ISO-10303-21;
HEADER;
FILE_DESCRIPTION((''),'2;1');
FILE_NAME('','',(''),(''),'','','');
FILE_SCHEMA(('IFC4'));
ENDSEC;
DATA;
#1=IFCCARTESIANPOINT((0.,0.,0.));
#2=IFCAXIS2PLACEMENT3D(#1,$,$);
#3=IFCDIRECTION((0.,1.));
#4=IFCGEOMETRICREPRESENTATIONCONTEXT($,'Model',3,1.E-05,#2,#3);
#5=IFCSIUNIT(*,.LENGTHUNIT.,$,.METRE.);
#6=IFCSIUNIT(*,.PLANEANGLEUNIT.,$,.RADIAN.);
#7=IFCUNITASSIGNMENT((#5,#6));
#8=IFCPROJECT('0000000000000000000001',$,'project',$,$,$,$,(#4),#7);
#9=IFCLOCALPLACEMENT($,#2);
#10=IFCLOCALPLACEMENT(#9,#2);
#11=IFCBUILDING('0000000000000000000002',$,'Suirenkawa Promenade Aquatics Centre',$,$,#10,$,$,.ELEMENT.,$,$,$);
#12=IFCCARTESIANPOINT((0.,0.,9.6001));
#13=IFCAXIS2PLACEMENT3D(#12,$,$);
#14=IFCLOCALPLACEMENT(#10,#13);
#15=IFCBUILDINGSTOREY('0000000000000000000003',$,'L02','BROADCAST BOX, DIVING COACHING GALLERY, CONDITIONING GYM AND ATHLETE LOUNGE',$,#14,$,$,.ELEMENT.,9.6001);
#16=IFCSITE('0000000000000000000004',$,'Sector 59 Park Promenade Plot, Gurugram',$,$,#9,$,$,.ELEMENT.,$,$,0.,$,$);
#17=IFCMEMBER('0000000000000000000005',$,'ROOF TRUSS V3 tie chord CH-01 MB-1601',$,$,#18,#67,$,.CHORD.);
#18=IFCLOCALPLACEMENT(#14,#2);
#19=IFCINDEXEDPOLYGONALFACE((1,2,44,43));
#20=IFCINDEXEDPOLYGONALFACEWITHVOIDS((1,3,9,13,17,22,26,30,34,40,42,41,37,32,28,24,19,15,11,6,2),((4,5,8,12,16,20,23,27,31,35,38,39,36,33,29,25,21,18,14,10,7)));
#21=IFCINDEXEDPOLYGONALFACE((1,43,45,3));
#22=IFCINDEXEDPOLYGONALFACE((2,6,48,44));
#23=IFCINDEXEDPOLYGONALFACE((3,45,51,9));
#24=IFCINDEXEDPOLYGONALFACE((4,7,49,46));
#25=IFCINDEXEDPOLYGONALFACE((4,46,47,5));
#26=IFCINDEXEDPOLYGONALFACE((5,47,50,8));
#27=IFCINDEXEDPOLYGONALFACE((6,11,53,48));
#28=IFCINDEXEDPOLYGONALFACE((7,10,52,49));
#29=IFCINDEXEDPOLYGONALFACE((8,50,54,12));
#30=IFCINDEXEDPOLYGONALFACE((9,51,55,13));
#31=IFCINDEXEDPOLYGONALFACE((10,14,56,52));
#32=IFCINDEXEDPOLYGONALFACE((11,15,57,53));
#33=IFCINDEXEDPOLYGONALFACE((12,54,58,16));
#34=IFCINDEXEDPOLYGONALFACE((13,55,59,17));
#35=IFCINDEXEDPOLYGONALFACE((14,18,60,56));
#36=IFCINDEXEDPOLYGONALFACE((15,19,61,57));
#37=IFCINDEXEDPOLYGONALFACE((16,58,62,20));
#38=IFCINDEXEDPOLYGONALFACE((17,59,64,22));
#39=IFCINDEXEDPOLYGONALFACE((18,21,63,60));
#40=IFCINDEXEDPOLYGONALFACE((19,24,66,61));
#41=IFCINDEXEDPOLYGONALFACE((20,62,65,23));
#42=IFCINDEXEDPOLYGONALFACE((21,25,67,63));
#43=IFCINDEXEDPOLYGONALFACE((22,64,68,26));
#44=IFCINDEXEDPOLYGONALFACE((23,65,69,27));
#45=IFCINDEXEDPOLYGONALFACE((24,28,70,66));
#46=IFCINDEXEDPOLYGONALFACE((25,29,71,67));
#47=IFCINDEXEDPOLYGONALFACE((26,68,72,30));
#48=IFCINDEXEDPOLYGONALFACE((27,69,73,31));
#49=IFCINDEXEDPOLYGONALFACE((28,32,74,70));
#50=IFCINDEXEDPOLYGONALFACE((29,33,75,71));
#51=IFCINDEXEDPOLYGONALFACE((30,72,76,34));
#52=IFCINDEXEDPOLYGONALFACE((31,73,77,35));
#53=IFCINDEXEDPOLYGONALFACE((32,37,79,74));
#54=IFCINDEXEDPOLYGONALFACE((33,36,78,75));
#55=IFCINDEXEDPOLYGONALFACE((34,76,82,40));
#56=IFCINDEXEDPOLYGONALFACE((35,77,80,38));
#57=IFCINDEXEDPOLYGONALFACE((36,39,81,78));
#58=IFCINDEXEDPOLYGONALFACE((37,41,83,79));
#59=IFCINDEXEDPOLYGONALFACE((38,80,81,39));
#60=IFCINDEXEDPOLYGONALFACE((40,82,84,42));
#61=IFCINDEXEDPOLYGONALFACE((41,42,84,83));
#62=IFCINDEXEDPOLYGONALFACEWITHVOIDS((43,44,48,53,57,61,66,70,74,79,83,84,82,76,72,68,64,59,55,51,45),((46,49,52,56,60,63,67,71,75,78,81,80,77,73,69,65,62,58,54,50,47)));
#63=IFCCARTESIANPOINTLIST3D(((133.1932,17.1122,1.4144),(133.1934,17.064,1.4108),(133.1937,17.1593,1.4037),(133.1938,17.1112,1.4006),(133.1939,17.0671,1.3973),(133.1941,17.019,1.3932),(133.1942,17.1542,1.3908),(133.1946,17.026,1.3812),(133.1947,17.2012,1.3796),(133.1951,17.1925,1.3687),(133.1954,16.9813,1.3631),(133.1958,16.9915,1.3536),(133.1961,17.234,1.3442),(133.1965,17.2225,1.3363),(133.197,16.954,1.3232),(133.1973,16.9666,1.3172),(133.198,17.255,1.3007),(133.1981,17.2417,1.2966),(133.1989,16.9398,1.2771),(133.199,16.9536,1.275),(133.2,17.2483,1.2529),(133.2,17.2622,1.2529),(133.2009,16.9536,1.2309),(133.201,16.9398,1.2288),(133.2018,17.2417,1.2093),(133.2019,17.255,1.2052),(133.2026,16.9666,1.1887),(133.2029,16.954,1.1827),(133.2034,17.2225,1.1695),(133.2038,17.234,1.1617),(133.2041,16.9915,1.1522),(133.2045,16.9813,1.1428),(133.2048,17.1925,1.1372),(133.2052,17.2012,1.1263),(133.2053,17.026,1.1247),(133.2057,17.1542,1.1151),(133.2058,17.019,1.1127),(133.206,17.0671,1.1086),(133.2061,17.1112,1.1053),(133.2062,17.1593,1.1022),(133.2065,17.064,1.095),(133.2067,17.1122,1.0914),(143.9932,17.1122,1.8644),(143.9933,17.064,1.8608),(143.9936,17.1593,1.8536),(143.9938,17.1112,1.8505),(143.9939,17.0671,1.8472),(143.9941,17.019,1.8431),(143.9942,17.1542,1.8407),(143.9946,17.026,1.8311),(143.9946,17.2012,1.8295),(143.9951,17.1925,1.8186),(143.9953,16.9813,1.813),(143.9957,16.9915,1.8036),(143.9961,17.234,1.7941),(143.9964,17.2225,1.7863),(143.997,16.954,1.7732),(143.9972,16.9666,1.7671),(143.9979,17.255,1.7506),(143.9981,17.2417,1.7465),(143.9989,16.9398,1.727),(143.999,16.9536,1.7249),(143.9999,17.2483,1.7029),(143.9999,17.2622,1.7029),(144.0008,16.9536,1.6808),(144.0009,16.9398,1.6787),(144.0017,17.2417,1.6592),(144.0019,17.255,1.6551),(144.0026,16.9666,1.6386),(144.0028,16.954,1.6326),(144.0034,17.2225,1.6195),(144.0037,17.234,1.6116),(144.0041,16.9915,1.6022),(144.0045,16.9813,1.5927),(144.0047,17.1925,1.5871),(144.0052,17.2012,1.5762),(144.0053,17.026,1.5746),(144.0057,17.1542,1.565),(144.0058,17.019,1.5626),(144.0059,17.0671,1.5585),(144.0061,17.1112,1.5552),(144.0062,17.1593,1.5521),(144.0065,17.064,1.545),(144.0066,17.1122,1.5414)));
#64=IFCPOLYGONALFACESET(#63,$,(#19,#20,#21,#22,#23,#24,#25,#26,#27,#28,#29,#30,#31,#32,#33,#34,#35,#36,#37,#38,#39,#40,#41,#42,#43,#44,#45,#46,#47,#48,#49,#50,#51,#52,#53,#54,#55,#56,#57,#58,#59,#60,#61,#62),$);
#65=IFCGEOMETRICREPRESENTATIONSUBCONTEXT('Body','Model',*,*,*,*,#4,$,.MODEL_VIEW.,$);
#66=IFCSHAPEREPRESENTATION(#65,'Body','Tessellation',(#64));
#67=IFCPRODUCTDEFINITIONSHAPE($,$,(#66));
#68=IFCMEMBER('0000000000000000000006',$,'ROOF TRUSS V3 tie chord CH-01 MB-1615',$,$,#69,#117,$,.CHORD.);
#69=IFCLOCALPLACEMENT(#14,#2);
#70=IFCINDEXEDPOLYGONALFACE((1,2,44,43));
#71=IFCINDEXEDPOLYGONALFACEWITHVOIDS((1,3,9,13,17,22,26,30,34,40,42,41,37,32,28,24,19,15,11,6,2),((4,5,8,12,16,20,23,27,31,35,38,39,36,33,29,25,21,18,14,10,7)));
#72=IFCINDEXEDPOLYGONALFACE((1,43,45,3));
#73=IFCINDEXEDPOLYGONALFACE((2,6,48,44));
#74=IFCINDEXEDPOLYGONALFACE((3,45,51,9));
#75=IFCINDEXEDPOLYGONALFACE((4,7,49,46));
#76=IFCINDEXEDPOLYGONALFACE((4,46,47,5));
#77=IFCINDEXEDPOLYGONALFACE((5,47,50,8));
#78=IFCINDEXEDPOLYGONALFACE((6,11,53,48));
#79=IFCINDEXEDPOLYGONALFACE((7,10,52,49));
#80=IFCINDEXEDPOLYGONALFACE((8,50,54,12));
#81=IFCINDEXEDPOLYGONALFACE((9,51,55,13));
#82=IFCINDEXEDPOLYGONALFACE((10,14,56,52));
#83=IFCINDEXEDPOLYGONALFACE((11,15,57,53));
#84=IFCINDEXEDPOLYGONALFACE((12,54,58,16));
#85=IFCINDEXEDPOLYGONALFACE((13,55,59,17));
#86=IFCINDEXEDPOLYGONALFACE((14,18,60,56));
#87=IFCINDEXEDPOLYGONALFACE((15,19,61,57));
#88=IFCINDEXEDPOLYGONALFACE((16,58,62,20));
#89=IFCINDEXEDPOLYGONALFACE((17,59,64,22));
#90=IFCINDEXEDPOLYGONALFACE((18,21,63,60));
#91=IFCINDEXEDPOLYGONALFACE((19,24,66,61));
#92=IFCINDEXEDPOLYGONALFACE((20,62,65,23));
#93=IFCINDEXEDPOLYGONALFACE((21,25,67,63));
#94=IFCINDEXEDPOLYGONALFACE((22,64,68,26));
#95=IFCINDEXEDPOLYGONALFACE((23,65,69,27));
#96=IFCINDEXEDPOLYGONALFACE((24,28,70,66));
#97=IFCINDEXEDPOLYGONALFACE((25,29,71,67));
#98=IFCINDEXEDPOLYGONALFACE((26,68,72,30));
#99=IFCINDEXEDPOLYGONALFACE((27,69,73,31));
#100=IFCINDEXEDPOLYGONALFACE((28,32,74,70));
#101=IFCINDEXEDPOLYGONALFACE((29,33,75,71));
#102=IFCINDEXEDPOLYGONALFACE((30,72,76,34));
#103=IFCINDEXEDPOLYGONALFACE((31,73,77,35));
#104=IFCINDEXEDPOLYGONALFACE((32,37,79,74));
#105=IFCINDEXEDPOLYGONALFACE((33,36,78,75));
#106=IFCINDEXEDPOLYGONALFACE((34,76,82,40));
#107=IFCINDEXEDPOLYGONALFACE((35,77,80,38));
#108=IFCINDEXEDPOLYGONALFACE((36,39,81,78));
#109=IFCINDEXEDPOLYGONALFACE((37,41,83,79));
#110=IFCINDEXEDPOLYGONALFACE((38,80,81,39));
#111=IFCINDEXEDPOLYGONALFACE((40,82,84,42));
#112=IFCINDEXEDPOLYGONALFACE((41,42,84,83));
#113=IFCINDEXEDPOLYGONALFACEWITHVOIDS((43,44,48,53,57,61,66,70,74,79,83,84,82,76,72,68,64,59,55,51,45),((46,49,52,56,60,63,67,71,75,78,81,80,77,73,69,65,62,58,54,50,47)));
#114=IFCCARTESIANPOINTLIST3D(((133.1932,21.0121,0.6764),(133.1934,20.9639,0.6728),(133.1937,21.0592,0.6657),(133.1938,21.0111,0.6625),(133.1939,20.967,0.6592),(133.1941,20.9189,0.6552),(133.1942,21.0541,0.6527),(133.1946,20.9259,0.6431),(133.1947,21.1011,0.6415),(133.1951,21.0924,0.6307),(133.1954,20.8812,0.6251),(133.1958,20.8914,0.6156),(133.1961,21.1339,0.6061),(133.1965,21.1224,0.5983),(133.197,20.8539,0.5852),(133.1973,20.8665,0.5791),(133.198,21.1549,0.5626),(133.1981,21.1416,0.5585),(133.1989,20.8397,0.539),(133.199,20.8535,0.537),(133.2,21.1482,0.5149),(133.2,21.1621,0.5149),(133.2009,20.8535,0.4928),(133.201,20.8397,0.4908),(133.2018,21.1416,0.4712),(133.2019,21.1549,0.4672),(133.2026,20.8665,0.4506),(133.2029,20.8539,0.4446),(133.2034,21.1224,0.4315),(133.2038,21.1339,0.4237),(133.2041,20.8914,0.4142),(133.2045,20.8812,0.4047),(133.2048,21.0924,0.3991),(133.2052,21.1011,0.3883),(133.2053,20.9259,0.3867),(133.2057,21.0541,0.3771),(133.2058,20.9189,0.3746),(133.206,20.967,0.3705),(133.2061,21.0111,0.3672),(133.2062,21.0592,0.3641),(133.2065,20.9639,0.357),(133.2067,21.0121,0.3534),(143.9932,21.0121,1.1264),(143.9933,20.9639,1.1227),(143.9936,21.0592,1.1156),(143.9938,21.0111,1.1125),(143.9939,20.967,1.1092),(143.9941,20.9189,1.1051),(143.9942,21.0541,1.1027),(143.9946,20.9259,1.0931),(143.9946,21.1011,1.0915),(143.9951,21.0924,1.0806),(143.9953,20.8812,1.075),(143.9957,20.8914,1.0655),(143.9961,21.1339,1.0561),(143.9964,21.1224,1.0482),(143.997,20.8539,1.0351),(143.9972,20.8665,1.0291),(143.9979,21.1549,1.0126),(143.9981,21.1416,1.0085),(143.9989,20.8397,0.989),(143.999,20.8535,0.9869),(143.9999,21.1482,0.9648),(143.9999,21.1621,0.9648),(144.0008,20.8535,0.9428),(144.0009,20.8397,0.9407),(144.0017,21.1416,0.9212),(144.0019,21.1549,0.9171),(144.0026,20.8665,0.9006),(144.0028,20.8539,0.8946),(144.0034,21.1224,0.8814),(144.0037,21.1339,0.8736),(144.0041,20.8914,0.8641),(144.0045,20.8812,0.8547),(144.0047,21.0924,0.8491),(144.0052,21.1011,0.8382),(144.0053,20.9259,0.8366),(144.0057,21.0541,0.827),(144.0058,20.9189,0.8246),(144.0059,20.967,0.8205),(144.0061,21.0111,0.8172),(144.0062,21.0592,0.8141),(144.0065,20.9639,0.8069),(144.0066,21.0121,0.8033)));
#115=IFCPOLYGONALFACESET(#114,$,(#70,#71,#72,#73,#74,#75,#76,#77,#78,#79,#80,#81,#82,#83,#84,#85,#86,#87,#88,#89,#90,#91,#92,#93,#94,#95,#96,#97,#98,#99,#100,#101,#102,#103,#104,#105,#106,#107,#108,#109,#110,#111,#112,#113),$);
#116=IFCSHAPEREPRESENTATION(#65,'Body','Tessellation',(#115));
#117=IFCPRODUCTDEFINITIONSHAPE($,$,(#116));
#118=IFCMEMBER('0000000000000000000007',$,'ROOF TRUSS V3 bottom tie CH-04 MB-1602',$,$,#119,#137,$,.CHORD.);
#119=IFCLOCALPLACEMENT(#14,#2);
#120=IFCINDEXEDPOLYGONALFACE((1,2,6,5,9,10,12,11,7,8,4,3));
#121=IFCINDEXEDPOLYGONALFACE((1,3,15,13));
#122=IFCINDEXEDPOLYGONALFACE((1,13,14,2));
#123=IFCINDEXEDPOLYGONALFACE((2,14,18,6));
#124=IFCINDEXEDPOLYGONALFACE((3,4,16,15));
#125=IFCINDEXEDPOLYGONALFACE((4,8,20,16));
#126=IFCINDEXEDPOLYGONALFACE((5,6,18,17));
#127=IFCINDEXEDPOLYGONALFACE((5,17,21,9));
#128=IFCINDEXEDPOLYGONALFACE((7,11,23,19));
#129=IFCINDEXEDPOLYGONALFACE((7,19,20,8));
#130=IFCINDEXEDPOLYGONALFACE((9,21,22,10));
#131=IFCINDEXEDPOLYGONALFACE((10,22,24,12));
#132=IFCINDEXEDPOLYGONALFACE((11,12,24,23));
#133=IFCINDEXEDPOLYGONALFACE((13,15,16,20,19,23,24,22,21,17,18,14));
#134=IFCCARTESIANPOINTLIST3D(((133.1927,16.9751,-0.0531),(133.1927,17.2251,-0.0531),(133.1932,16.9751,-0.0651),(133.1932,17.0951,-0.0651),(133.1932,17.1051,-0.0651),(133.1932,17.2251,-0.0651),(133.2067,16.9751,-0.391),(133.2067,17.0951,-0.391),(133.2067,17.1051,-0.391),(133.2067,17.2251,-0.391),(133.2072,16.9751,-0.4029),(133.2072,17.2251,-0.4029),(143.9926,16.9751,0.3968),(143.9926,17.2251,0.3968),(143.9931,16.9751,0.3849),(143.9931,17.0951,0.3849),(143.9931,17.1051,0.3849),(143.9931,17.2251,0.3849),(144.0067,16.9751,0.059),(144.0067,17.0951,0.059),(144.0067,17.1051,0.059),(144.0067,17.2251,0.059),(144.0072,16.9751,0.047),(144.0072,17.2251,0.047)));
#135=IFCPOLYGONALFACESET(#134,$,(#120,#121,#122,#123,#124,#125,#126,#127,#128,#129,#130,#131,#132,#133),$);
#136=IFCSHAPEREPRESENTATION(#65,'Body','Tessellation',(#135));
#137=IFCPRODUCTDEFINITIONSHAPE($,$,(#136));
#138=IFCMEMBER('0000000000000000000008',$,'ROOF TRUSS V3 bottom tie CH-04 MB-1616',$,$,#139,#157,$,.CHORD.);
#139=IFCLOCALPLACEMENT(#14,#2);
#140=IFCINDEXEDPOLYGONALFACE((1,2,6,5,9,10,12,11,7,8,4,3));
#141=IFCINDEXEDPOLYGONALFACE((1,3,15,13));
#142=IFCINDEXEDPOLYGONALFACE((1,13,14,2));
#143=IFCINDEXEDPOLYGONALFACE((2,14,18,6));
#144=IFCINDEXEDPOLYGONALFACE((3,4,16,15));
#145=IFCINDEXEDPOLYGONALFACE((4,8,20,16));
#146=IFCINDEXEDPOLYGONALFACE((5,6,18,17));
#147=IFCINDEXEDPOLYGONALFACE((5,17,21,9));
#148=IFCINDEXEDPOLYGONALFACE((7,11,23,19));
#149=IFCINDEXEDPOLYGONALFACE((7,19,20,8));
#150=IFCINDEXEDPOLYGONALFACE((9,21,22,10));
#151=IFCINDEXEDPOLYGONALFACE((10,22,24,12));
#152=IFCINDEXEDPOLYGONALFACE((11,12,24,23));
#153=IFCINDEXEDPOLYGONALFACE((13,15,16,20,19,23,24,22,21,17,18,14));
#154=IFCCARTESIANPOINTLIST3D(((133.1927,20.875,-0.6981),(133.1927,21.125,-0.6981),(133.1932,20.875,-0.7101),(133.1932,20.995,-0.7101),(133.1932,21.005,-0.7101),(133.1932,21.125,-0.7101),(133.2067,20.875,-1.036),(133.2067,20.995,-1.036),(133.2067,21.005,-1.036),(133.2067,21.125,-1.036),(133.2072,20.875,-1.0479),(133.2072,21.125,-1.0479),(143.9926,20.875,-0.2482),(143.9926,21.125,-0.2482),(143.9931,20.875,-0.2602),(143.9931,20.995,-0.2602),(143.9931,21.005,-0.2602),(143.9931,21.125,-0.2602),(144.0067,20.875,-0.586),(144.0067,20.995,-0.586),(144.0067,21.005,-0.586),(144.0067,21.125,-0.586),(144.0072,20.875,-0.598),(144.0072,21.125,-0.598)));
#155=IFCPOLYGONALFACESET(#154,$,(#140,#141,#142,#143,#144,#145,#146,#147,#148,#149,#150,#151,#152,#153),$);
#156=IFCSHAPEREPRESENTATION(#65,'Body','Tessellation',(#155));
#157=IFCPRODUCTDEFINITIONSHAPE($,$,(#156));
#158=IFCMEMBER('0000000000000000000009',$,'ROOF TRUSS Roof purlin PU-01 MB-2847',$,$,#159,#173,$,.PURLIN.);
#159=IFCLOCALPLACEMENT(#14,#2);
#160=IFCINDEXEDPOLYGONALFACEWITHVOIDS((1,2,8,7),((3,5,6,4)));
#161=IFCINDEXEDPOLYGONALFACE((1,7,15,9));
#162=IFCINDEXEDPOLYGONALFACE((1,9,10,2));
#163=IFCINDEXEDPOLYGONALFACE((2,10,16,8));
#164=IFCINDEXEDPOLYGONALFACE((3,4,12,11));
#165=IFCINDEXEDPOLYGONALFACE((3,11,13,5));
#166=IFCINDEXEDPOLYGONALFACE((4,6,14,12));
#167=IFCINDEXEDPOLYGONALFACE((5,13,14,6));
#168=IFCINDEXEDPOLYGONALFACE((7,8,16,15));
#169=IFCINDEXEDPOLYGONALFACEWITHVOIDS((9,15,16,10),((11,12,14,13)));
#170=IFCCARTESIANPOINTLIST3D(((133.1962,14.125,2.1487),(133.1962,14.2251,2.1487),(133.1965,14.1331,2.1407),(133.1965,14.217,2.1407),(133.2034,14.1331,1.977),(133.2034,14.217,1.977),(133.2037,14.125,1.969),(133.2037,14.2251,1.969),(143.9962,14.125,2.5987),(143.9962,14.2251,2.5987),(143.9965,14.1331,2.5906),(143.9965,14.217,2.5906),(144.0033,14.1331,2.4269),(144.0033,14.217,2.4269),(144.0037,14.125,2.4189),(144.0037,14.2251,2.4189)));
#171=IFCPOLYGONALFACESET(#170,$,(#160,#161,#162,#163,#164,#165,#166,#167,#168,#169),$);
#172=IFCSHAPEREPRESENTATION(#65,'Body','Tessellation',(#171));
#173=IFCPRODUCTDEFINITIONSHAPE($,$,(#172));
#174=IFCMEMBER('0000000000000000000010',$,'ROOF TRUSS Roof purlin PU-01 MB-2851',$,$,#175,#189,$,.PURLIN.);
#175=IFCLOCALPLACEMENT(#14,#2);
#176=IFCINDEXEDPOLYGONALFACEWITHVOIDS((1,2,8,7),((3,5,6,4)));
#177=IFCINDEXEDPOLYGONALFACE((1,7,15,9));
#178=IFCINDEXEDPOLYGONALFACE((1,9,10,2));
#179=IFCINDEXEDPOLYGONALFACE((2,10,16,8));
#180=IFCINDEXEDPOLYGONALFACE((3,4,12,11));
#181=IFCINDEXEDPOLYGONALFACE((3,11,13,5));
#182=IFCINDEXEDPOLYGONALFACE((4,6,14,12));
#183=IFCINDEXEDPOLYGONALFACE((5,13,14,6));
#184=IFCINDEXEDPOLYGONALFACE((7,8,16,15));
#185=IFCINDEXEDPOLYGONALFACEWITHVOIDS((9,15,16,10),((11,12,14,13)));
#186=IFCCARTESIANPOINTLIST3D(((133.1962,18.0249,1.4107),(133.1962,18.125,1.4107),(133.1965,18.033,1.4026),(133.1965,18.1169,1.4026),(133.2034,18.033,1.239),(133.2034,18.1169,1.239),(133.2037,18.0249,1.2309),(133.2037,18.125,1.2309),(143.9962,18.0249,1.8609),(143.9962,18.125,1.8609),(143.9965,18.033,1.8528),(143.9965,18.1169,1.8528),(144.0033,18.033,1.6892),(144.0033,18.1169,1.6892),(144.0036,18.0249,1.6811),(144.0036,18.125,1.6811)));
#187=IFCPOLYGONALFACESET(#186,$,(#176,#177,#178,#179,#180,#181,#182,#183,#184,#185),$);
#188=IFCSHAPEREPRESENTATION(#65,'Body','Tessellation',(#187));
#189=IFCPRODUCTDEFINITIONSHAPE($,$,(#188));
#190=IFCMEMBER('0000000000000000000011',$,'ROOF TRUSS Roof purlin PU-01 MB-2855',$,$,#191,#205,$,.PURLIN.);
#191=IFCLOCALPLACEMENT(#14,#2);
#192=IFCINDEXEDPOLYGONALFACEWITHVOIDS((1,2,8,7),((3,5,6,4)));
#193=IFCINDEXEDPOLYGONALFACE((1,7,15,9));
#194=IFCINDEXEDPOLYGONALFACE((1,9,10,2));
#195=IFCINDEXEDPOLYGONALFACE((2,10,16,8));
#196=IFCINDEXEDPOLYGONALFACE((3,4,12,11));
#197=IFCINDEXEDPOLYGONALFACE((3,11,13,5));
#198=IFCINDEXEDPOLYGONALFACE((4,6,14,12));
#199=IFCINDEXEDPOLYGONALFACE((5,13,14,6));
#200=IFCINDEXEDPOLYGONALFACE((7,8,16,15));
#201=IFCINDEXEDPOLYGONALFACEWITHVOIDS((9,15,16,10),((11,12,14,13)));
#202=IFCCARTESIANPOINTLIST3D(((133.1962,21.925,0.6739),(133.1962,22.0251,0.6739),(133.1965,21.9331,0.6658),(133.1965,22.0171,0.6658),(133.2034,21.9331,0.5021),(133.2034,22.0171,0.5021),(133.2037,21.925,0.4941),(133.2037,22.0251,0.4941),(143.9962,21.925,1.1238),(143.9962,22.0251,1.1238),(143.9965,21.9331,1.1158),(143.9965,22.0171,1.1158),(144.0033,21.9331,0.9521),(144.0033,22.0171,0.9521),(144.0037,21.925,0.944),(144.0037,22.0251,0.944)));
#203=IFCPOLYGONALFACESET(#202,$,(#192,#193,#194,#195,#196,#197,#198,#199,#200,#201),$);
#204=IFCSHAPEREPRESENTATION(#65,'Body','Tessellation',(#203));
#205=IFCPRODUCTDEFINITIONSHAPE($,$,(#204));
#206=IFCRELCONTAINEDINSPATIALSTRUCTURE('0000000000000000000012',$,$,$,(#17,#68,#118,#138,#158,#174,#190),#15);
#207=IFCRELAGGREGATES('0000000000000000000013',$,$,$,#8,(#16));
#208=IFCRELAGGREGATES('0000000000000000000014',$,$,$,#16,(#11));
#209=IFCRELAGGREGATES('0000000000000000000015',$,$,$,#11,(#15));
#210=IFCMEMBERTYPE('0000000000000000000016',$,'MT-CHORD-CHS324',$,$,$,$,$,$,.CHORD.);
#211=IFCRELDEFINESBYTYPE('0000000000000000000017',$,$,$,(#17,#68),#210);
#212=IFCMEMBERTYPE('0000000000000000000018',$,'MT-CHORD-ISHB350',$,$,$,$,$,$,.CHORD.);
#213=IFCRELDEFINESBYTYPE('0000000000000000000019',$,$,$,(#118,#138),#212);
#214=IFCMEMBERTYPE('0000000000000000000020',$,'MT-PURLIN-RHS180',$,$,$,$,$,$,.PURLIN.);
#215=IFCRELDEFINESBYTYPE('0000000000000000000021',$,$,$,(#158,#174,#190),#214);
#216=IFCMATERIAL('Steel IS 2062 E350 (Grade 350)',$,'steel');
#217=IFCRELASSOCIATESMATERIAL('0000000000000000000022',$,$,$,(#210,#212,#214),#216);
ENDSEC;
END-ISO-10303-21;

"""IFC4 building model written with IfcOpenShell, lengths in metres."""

from ifc_helpers import new_model, si_unit, direction, frame, origin, origin_2d, place, context, subcontext, project, spatial, hollow_rectangle, hollow_circle, i_section, extrude, material, material_profile, profile_set, type_object, element, save


model = new_model("IFC4")

# Units and contexts
model_context = context("Model", 3, precision=1e-05, world=origin(), true_north=direction((0.0, 1.0)))
body_context = subcontext(model_context, "Body", "Model", "MODEL_VIEW")
ifc_project = project(units=[si_unit("LENGTHUNIT", "METRE"), si_unit("PLANEANGLEUNIT", "RADIAN")], contexts=[model_context])

# Site, building, storey
site_placement = place(None, origin())
site = spatial("IfcSite", under=ifc_project, at=site_placement, Name="Sector 59 Park Promenade Plot, Gurugram", CompositionType="ELEMENT", RefElevation=0.0)
building_placement = place(site_placement, origin())
building = spatial("IfcBuilding", under=site, at=building_placement, Name="Suirenkawa Promenade Aquatics Centre", CompositionType="ELEMENT")
storey_placement = place(building_placement, frame((0.0, 0.0, 9.6001)))
storey = spatial("IfcBuildingStorey", under=building, at=storey_placement, Name="L02", Description="BROADCAST BOX, DIVING COACHING GALLERY, CONDITIONING GYM AND ATHLETE LOUNGE", CompositionType="ELEMENT", Elevation=9.6001)

# Shared definitions
ifc_material_1 = material(Name="Steel IS 2062 E350 (Grade 350)", Category="steel")

# Members
ifc_material_profile_1 = material_profile(ifc_material_1, hollow_circle(Radius=0.1621, WallThickness=0.0139, at=origin_2d()), Name="CHS 324x14", Category="steel")
ifc_profile_set_1 = profile_set([ifc_material_profile_1], Name="Steel IS 2062 E350 (Grade 350)")
member_type_1 = type_object("IfcMemberType", Name="MT-CHORD-CHS324", PredefinedType="CHORD", material=ifc_profile_set_1)
for number, where, z_axis, x_axis, name in (
    (1, (133.2, 17.1001, 1.2529), (0.999133, 0.0, 0.041626), (0.0, 1.0, 0.0), "ROOF TRUSS V3 tie chord CH-01 MB-1601"),
    (2, (133.2, 21.0, 0.5149), (0.999133, 0.0, 0.041626), (0.0, 1.0, 0.0), "ROOF TRUSS V3 tie chord CH-01 MB-1615"),
):
    element("IfcMember", number, at=place(storey_placement, frame(where, z_axis=z_axis, x_axis=x_axis)), inside=storey, type_object=member_type_1, Name=name, PredefinedType="CHORD", context=body_context, shape_type="SweptSolid", body=[
        extrude(hollow_circle(Radius=0.1621, WallThickness=0.0139, at=origin_2d()), origin(), (0.0, 0.0, 1.0), 10.8093),
    ])
ifc_material_profile_2 = material_profile(ifc_material_1, i_section(OverallWidth=0.25, OverallDepth=0.3501, WebThickness=0.01, FlangeThickness=0.012, at=origin_2d()), Name="ISHB 350", Category="steel")
ifc_profile_set_2 = profile_set([ifc_material_profile_2], Name="Steel IS 2062 E350 (Grade 350)")
member_type_2 = type_object("IfcMemberType", Name="MT-CHORD-ISHB350", PredefinedType="CHORD", material=ifc_profile_set_2)
for number, where, z_axis, x_axis, name in (
    (3, (133.2, 17.1001, -0.228), (0.999133, 0.0, 0.041626), (0.0, 1.0, 0.0), "ROOF TRUSS V3 bottom tie CH-04 MB-1602"),
    (4, (133.2, 21.0, -0.873), (0.999133, 0.0, 0.041626), (0.0, 1.0, 0.0), "ROOF TRUSS V3 bottom tie CH-04 MB-1616"),
):
    element("IfcMember", number, at=place(storey_placement, frame(where, z_axis=z_axis, x_axis=x_axis)), inside=storey, type_object=member_type_2, Name=name, PredefinedType="CHORD", context=body_context, shape_type="SweptSolid", body=[
        extrude(i_section(OverallWidth=0.25, OverallDepth=0.3501, WebThickness=0.01, FlangeThickness=0.012, at=origin_2d()), origin(), (0.0, 0.0, 1.0), 10.8093),
    ])
ifc_material_profile_3 = material_profile(ifc_material_1, hollow_rectangle(XDim=0.1001, YDim=0.1799, WallThickness=0.0081, at=origin_2d()), Name="RHS 180x100x8", Category="steel")
ifc_profile_set_3 = profile_set([ifc_material_profile_3], Name="Steel IS 2062 E350 (Grade 350)")
member_type_3 = type_object("IfcMemberType", Name="MT-PURLIN-RHS180", PredefinedType="PURLIN", material=ifc_profile_set_3)
for number, where, z_axis, x_axis, name in (
    (5, (133.2, 14.175, 2.0588), (0.999133, 0.0, 0.041626), (0.0, 1.0, 0.0), "ROOF TRUSS Roof purlin PU-01 MB-2847"),
    (6, (133.2, 18.075, 1.3208), (0.999132, 0.0, 0.041648), (0.0, 1.0, 0.0), "ROOF TRUSS Roof purlin PU-01 MB-2851"),
    (7, (133.2, 21.9751, 0.584), (0.999133, 0.0, 0.041626), (0.0, 1.0, 0.0), "ROOF TRUSS Roof purlin PU-01 MB-2855"),
):
    element("IfcMember", number, at=place(storey_placement, frame(where, z_axis=z_axis, x_axis=x_axis)), inside=storey, type_object=member_type_3, Name=name, PredefinedType="PURLIN", context=body_context, shape_type="SweptSolid", body=[
        extrude(hollow_rectangle(XDim=0.1001, YDim=0.1799, WallThickness=0.0081, at=origin_2d()), origin(), (0.0, 0.0, 1.0), 10.8093),
    ])

save(model, "model.ifc")
